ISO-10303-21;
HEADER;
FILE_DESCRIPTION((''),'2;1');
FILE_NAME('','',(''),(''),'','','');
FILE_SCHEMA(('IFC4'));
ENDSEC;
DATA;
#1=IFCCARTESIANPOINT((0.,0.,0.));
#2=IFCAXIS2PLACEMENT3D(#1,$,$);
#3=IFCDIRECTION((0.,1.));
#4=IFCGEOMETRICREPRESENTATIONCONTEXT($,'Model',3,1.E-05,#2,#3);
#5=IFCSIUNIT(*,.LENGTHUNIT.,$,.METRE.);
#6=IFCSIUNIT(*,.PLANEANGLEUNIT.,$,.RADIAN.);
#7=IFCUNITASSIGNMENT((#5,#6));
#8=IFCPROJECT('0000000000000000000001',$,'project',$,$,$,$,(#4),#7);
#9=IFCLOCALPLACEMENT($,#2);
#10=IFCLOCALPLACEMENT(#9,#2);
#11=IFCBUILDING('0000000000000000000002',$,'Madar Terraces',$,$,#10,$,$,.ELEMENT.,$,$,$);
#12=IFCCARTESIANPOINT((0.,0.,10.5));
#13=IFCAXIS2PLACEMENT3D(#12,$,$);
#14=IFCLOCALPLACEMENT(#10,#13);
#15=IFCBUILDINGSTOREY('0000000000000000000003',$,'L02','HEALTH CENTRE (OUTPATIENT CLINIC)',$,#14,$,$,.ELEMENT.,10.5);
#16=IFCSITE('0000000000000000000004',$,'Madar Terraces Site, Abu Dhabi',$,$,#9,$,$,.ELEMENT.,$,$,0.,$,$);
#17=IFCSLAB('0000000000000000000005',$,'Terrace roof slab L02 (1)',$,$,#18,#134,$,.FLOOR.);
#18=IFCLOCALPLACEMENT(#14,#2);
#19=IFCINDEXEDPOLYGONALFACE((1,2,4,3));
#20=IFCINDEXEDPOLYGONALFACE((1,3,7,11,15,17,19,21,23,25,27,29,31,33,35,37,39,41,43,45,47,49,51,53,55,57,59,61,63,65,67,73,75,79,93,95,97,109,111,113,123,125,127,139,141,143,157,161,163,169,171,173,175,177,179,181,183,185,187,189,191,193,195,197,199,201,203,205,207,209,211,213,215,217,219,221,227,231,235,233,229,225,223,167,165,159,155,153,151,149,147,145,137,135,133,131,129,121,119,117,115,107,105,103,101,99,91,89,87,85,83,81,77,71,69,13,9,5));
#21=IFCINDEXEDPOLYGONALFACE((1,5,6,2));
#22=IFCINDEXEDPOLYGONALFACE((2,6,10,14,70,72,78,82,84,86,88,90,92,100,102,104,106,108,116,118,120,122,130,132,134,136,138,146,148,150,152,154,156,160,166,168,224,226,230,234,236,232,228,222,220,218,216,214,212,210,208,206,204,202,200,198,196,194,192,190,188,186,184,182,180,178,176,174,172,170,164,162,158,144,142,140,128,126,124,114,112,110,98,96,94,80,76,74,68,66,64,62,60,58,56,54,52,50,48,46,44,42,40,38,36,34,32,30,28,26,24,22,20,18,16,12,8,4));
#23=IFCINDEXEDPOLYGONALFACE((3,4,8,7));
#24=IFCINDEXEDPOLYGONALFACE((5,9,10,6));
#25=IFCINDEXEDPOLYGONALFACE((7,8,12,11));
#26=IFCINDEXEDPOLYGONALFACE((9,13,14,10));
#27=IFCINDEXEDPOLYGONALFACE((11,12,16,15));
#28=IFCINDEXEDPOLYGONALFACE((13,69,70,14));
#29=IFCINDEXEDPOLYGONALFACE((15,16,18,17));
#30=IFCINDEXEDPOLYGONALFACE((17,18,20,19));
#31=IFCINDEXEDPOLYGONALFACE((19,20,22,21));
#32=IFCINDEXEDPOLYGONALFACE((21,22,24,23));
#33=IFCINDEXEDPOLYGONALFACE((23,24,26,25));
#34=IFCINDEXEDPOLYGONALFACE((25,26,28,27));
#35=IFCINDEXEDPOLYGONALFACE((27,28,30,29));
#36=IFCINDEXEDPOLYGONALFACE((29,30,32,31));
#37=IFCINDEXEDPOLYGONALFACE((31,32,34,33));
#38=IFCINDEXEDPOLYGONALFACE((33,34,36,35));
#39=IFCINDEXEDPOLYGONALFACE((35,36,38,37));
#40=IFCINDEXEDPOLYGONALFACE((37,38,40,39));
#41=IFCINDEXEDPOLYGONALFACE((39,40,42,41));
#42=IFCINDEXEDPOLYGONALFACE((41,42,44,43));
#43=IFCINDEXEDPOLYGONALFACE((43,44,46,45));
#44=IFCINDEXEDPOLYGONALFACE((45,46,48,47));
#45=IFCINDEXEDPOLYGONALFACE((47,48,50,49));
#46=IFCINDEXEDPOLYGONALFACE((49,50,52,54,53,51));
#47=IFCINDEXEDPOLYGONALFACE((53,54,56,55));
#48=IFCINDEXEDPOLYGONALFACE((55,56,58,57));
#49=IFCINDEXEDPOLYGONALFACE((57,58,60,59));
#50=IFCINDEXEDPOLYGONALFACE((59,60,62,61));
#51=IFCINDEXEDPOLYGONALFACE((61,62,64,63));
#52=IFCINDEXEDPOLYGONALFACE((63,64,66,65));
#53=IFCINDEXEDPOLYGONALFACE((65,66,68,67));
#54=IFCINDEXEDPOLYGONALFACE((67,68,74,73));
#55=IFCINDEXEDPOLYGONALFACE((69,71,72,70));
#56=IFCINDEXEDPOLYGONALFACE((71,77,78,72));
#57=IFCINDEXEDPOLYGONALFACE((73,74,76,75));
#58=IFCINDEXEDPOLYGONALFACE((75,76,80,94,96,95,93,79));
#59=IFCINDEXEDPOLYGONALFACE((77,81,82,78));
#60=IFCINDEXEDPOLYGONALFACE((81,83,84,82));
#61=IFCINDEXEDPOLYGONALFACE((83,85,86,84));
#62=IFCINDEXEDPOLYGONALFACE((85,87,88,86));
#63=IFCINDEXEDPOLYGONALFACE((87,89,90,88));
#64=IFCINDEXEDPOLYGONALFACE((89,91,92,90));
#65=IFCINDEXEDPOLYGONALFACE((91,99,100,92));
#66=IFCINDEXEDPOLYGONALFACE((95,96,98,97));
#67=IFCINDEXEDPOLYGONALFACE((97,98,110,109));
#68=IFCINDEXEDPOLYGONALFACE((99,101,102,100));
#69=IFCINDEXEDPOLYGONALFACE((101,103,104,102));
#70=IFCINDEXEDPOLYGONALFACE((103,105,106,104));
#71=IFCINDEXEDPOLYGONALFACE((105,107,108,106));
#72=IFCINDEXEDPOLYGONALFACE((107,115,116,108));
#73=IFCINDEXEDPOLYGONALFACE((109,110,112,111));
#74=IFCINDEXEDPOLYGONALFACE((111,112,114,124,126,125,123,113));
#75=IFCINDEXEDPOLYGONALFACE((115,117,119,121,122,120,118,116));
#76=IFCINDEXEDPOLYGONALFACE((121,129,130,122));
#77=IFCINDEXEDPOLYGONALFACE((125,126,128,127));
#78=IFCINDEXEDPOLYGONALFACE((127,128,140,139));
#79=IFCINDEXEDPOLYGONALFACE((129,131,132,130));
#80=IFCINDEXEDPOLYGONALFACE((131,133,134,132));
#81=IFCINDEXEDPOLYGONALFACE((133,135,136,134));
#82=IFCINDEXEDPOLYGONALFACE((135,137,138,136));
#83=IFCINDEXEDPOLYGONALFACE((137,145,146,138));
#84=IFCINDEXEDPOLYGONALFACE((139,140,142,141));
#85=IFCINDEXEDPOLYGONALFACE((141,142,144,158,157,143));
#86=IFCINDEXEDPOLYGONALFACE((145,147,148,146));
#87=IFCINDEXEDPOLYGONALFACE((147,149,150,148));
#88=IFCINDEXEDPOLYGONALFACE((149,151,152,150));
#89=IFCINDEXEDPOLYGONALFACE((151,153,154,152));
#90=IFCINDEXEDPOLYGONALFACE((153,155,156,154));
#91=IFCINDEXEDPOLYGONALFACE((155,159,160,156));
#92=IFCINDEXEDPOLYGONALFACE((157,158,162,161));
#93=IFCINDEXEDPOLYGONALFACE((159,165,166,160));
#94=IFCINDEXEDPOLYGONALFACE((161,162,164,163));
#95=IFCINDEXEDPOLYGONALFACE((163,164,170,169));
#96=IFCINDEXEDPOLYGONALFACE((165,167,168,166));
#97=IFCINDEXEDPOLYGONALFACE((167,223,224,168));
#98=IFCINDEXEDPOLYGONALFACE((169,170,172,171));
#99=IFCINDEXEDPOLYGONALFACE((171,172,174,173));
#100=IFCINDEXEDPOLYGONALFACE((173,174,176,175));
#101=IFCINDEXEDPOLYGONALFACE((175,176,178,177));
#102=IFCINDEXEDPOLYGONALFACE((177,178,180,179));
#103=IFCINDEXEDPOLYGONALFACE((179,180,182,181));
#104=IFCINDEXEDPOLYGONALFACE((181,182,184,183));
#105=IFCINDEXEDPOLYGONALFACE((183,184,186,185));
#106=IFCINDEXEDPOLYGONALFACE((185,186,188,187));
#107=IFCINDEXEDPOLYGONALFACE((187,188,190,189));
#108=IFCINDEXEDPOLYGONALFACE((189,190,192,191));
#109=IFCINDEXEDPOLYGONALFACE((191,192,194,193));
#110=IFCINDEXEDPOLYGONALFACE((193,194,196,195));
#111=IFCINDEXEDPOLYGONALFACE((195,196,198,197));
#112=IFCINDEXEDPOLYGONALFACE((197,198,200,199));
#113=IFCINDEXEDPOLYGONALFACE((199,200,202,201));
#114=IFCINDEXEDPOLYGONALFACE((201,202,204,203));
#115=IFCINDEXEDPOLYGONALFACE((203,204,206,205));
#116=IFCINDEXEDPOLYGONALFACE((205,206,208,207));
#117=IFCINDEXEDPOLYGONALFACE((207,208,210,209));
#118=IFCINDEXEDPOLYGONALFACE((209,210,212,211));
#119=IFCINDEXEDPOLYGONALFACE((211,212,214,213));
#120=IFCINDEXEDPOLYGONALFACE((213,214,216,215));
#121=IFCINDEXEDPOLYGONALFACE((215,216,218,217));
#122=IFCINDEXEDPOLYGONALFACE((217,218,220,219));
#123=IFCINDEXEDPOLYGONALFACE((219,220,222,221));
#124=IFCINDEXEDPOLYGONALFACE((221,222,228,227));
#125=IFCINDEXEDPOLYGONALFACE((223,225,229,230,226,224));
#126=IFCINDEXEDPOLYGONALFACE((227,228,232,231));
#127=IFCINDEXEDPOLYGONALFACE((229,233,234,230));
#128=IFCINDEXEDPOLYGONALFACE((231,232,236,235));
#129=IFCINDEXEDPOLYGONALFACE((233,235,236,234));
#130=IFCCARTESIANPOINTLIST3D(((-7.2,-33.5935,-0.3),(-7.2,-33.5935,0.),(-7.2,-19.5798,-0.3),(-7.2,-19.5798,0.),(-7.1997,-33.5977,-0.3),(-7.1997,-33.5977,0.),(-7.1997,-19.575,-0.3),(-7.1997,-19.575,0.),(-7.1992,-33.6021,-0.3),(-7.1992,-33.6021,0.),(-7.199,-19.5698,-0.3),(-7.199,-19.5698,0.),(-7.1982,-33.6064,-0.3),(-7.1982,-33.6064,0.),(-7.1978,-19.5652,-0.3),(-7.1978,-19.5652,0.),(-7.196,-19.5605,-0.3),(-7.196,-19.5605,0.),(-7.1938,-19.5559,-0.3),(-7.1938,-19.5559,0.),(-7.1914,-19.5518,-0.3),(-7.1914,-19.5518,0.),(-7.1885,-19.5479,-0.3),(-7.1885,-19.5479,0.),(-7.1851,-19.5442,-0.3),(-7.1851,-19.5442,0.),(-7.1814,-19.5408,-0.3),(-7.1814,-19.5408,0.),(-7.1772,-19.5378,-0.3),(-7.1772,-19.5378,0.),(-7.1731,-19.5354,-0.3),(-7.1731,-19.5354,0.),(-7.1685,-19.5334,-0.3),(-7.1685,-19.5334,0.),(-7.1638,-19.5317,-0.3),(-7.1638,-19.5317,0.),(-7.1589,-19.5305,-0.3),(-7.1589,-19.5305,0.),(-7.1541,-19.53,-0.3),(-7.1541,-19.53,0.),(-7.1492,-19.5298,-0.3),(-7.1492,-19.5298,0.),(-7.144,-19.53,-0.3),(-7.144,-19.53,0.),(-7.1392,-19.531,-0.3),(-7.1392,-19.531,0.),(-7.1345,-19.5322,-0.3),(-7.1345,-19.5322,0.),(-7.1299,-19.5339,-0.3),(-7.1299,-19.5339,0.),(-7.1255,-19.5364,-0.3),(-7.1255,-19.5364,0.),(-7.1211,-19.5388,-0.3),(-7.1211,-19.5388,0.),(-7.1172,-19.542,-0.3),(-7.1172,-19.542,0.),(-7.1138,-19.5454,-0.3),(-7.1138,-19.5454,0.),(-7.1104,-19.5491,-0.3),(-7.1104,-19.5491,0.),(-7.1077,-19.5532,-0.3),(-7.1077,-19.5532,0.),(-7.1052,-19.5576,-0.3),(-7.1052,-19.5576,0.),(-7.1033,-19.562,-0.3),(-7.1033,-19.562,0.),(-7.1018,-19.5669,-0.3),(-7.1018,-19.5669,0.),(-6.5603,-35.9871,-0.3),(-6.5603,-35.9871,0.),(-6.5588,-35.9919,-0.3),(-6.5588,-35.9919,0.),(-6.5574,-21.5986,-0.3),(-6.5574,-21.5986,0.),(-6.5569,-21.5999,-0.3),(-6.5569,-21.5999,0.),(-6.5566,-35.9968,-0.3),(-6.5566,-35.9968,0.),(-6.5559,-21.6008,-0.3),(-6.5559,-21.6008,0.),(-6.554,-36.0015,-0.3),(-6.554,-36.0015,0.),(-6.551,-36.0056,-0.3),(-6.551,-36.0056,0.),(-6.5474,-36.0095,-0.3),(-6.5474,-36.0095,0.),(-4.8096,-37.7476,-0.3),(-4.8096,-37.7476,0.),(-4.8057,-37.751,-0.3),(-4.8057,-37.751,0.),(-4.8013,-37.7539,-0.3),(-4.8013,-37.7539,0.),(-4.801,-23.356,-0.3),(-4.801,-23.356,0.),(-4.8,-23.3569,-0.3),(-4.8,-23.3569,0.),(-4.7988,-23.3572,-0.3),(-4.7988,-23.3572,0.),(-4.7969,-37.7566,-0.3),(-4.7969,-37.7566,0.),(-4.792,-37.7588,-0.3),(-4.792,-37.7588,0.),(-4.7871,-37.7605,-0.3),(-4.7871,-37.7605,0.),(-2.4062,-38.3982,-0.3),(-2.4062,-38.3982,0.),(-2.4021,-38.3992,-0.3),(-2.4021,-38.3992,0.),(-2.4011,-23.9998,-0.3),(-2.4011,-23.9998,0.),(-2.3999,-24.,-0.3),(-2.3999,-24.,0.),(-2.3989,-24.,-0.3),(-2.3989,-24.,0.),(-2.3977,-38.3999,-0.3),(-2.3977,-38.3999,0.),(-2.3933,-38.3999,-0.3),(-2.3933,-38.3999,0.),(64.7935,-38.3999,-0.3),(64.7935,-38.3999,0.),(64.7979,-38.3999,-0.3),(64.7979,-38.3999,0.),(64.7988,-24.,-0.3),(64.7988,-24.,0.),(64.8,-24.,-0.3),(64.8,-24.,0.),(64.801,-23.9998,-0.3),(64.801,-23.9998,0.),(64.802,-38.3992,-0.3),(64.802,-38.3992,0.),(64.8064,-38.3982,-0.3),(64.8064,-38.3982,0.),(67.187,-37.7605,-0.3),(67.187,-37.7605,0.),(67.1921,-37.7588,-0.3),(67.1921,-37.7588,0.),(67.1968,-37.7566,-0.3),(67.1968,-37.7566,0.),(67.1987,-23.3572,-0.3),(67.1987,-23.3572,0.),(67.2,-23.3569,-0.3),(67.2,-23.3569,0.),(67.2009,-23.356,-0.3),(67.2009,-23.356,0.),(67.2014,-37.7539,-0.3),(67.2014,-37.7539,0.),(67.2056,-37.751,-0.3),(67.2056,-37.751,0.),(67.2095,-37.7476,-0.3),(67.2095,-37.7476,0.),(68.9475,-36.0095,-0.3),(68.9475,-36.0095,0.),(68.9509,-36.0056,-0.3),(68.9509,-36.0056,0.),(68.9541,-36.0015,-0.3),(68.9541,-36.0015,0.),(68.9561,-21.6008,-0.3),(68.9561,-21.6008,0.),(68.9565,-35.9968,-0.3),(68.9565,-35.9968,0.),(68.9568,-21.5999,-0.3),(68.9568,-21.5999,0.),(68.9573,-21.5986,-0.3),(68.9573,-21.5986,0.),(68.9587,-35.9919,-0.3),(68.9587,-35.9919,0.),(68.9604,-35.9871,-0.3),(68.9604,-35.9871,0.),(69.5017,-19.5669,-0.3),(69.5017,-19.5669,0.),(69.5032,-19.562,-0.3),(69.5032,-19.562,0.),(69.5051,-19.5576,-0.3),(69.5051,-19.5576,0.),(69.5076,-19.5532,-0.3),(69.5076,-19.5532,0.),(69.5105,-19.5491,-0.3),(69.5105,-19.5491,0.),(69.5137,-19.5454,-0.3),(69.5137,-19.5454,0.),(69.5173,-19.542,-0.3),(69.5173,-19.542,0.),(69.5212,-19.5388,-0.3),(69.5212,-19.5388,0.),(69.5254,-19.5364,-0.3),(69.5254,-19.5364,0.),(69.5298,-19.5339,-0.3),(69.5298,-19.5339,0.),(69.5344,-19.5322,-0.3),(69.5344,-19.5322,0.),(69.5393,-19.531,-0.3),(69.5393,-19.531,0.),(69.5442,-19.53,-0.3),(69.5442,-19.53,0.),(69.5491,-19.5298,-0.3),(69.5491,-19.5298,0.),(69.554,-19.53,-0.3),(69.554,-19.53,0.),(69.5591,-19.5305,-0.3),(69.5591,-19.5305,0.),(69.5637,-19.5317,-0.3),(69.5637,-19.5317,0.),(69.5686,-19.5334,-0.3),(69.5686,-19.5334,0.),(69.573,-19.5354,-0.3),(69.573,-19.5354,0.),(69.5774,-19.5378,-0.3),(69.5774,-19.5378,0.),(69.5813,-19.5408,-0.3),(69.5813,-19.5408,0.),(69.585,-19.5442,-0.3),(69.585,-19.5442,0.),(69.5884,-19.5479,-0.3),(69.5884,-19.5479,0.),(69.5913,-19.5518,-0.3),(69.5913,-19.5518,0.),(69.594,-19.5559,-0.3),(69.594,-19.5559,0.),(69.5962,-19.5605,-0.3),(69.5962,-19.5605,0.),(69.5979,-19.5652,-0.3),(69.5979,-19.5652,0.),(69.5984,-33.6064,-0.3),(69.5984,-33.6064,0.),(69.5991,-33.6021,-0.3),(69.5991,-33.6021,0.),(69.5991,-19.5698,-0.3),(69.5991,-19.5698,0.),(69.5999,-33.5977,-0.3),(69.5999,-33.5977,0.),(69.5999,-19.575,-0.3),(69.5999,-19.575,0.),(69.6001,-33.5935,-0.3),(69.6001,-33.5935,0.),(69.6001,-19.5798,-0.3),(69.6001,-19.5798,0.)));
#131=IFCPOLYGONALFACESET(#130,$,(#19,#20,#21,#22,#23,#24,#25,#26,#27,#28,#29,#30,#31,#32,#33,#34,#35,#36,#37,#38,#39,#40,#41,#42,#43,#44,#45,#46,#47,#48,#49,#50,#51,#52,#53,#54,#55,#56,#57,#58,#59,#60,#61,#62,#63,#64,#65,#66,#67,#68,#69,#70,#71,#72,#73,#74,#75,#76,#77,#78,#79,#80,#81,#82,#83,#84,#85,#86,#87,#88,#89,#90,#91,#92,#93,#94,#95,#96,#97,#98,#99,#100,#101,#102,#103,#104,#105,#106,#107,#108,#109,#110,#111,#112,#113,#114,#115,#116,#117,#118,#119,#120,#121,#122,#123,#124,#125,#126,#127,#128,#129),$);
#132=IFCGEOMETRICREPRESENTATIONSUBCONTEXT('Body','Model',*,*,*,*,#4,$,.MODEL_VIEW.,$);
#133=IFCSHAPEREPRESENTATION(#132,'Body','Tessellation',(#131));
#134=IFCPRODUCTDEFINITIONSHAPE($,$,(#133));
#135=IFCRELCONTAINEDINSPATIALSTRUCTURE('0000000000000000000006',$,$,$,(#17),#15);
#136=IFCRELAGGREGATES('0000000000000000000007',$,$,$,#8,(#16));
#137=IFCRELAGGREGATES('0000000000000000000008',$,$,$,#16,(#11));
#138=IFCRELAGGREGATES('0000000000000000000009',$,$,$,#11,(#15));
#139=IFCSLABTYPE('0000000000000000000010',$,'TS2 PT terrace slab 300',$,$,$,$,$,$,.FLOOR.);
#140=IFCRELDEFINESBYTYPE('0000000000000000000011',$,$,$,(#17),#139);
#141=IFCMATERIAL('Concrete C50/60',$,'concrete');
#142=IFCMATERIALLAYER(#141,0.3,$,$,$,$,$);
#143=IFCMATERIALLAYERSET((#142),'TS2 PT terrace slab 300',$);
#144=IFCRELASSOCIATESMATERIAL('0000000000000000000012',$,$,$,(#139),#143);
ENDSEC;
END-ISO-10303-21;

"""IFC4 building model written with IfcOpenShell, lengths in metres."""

from ifc_helpers import new_model, si_unit, direction, frame, origin, place, context, subcontext, project, spatial, polyline, outline, extrude, material, layer, layer_set, type_object, element, save


model = new_model("IFC4")

# Units and contexts
model_context = context("Model", 3, precision=1e-05, world=origin(), true_north=direction((0.0, 1.0)))
body_context = subcontext(model_context, "Body", "Model", "MODEL_VIEW")
ifc_project = project(units=[si_unit("LENGTHUNIT", "METRE"), si_unit("PLANEANGLEUNIT", "RADIAN")], contexts=[model_context])

# Site, building, storey
site_placement = place(None, origin())
site = spatial("IfcSite", under=ifc_project, at=site_placement, Name="Madar Terraces Site, Abu Dhabi", CompositionType="ELEMENT", RefElevation=0.0)
building_placement = place(site_placement, origin())
building = spatial("IfcBuilding", under=site, at=building_placement, Name="Madar Terraces", CompositionType="ELEMENT")
storey_placement = place(building_placement, frame((0.0, 0.0, 10.5)))
storey = spatial("IfcBuildingStorey", under=building, at=storey_placement, Name="L02", Description="HEALTH CENTRE (OUTPATIENT CLINIC)", CompositionType="ELEMENT", Elevation=10.5)

# Slab
ifc_material_1 = material(Name="Concrete C50/60", Category="concrete")
ifc_layer_1 = layer(ifc_material_1, 0.3)
ifc_layer_set_1 = layer_set([ifc_layer_1], Name="TS2 PT terrace slab 300")
slab_type_1 = type_object("IfcSlabType", Name="TS2 PT terrace slab 300", PredefinedType="FLOOR", material=ifc_layer_set_1)
slab_1_placement = place(storey_placement, frame((0.0, 0.0, -0.3)))
element("IfcSlab", 1, at=slab_1_placement, inside=storey, type_object=slab_type_1, Name="Terrace roof slab L02 (1)", PredefinedType="FLOOR", context=body_context, shape_type="SweptSolid", body=[
    extrude(outline(polyline([(-6.5574, -21.5986), (-7.1018, -19.5669), (-7.1033, -19.562), (-7.1052, -19.5576), (-7.1077, -19.5532), (-7.1104, -19.5491), (-7.1138, -19.5454), (-7.1172, -19.542), (-7.1211, -19.5388), (-7.1255, -19.5364), (-7.1299, -19.5339), (-7.1345, -19.5322), (-7.1392, -19.531), (-7.144, -19.53), (-7.1492, -19.5298), (-7.1541, -19.53), (-7.1589, -19.5305), (-7.1638, -19.5317), (-7.1685, -19.5334), (-7.1731, -19.5354), (-7.1772, -19.5378), (-7.1814, -19.5408), (-7.1851, -19.5442), (-7.1885, -19.5479), (-7.1914, -19.5518), (-7.1938, -19.5559), (-7.196, -19.5605), (-7.1978, -19.5652), (-7.199, -19.5698), (-7.1997, -19.575), (-7.2, -19.5798), (-7.2, -33.5935), (-7.1997, -33.5977), (-7.1992, -33.6021), (-7.1982, -33.6064), (-6.5603, -35.9871), (-6.5588, -35.9919), (-6.5566, -35.9968), (-6.554, -36.0015), (-6.551, -36.0056), (-6.5474, -36.0095), (-4.8096, -37.7476), (-4.8057, -37.751), (-4.8013, -37.7539), (-4.7969, -37.7566), (-4.792, -37.7588), (-4.7871, -37.7605), (-2.4062, -38.3982), (-2.4021, -38.3992), (-2.3977, -38.3999), (-2.3933, -38.3999), (64.7935, -38.3999), (64.7979, -38.3999), (64.802, -38.3992), (64.8064, -38.3982), (67.187, -37.7605), (67.1921, -37.7588), (67.1968, -37.7566), (67.2014, -37.7539), (67.2056, -37.751), (67.2095, -37.7476), (68.9475, -36.0095), (68.9509, -36.0056), (68.9541, -36.0015), (68.9565, -35.9968), (68.9587, -35.9919), (68.9604, -35.9871), (69.5984, -33.6064), (69.5991, -33.6021), (69.5999, -33.5977), (69.6001, -33.5935), (69.6001, -19.5798), (69.5999, -19.575), (69.5991, -19.5698), (69.5979, -19.5652), (69.5962, -19.5605), (69.594, -19.5559), (69.5913, -19.5518), (69.5884, -19.5479), (69.585, -19.5442), (69.5813, -19.5408), (69.5774, -19.5378), (69.573, -19.5354), (69.5686, -19.5334), (69.5637, -19.5317), (69.5591, -19.5305), (69.554, -19.53), (69.5491, -19.5298), (69.5442, -19.53), (69.5393, -19.531), (69.5344, -19.5322), (69.5298, -19.5339), (69.5254, -19.5364), (69.5212, -19.5388), (69.5173, -19.542), (69.5137, -19.5454), (69.5105, -19.5491), (69.5076, -19.5532), (69.5051, -19.5576), (69.5032, -19.562), (69.5017, -19.5669), (68.9573, -21.5986), (68.9568, -21.5999), (68.9561, -21.6008), (67.2009, -23.356), (67.2, -23.3569), (67.1987, -23.3572), (64.801, -23.9998), (64.8, -24.0), (64.7988, -24.0), (-2.3989, -24.0), (-2.3999, -24.0), (-2.4011, -23.9998), (-4.7988, -23.3572), (-4.8, -23.3569), (-4.801, -23.356), (-6.5559, -21.6008), (-6.5569, -21.5999), (-6.5574, -21.5986)])), origin(), (0.0, 0.0, 1.0), 0.3),
])

save(model, "model.ifc")
